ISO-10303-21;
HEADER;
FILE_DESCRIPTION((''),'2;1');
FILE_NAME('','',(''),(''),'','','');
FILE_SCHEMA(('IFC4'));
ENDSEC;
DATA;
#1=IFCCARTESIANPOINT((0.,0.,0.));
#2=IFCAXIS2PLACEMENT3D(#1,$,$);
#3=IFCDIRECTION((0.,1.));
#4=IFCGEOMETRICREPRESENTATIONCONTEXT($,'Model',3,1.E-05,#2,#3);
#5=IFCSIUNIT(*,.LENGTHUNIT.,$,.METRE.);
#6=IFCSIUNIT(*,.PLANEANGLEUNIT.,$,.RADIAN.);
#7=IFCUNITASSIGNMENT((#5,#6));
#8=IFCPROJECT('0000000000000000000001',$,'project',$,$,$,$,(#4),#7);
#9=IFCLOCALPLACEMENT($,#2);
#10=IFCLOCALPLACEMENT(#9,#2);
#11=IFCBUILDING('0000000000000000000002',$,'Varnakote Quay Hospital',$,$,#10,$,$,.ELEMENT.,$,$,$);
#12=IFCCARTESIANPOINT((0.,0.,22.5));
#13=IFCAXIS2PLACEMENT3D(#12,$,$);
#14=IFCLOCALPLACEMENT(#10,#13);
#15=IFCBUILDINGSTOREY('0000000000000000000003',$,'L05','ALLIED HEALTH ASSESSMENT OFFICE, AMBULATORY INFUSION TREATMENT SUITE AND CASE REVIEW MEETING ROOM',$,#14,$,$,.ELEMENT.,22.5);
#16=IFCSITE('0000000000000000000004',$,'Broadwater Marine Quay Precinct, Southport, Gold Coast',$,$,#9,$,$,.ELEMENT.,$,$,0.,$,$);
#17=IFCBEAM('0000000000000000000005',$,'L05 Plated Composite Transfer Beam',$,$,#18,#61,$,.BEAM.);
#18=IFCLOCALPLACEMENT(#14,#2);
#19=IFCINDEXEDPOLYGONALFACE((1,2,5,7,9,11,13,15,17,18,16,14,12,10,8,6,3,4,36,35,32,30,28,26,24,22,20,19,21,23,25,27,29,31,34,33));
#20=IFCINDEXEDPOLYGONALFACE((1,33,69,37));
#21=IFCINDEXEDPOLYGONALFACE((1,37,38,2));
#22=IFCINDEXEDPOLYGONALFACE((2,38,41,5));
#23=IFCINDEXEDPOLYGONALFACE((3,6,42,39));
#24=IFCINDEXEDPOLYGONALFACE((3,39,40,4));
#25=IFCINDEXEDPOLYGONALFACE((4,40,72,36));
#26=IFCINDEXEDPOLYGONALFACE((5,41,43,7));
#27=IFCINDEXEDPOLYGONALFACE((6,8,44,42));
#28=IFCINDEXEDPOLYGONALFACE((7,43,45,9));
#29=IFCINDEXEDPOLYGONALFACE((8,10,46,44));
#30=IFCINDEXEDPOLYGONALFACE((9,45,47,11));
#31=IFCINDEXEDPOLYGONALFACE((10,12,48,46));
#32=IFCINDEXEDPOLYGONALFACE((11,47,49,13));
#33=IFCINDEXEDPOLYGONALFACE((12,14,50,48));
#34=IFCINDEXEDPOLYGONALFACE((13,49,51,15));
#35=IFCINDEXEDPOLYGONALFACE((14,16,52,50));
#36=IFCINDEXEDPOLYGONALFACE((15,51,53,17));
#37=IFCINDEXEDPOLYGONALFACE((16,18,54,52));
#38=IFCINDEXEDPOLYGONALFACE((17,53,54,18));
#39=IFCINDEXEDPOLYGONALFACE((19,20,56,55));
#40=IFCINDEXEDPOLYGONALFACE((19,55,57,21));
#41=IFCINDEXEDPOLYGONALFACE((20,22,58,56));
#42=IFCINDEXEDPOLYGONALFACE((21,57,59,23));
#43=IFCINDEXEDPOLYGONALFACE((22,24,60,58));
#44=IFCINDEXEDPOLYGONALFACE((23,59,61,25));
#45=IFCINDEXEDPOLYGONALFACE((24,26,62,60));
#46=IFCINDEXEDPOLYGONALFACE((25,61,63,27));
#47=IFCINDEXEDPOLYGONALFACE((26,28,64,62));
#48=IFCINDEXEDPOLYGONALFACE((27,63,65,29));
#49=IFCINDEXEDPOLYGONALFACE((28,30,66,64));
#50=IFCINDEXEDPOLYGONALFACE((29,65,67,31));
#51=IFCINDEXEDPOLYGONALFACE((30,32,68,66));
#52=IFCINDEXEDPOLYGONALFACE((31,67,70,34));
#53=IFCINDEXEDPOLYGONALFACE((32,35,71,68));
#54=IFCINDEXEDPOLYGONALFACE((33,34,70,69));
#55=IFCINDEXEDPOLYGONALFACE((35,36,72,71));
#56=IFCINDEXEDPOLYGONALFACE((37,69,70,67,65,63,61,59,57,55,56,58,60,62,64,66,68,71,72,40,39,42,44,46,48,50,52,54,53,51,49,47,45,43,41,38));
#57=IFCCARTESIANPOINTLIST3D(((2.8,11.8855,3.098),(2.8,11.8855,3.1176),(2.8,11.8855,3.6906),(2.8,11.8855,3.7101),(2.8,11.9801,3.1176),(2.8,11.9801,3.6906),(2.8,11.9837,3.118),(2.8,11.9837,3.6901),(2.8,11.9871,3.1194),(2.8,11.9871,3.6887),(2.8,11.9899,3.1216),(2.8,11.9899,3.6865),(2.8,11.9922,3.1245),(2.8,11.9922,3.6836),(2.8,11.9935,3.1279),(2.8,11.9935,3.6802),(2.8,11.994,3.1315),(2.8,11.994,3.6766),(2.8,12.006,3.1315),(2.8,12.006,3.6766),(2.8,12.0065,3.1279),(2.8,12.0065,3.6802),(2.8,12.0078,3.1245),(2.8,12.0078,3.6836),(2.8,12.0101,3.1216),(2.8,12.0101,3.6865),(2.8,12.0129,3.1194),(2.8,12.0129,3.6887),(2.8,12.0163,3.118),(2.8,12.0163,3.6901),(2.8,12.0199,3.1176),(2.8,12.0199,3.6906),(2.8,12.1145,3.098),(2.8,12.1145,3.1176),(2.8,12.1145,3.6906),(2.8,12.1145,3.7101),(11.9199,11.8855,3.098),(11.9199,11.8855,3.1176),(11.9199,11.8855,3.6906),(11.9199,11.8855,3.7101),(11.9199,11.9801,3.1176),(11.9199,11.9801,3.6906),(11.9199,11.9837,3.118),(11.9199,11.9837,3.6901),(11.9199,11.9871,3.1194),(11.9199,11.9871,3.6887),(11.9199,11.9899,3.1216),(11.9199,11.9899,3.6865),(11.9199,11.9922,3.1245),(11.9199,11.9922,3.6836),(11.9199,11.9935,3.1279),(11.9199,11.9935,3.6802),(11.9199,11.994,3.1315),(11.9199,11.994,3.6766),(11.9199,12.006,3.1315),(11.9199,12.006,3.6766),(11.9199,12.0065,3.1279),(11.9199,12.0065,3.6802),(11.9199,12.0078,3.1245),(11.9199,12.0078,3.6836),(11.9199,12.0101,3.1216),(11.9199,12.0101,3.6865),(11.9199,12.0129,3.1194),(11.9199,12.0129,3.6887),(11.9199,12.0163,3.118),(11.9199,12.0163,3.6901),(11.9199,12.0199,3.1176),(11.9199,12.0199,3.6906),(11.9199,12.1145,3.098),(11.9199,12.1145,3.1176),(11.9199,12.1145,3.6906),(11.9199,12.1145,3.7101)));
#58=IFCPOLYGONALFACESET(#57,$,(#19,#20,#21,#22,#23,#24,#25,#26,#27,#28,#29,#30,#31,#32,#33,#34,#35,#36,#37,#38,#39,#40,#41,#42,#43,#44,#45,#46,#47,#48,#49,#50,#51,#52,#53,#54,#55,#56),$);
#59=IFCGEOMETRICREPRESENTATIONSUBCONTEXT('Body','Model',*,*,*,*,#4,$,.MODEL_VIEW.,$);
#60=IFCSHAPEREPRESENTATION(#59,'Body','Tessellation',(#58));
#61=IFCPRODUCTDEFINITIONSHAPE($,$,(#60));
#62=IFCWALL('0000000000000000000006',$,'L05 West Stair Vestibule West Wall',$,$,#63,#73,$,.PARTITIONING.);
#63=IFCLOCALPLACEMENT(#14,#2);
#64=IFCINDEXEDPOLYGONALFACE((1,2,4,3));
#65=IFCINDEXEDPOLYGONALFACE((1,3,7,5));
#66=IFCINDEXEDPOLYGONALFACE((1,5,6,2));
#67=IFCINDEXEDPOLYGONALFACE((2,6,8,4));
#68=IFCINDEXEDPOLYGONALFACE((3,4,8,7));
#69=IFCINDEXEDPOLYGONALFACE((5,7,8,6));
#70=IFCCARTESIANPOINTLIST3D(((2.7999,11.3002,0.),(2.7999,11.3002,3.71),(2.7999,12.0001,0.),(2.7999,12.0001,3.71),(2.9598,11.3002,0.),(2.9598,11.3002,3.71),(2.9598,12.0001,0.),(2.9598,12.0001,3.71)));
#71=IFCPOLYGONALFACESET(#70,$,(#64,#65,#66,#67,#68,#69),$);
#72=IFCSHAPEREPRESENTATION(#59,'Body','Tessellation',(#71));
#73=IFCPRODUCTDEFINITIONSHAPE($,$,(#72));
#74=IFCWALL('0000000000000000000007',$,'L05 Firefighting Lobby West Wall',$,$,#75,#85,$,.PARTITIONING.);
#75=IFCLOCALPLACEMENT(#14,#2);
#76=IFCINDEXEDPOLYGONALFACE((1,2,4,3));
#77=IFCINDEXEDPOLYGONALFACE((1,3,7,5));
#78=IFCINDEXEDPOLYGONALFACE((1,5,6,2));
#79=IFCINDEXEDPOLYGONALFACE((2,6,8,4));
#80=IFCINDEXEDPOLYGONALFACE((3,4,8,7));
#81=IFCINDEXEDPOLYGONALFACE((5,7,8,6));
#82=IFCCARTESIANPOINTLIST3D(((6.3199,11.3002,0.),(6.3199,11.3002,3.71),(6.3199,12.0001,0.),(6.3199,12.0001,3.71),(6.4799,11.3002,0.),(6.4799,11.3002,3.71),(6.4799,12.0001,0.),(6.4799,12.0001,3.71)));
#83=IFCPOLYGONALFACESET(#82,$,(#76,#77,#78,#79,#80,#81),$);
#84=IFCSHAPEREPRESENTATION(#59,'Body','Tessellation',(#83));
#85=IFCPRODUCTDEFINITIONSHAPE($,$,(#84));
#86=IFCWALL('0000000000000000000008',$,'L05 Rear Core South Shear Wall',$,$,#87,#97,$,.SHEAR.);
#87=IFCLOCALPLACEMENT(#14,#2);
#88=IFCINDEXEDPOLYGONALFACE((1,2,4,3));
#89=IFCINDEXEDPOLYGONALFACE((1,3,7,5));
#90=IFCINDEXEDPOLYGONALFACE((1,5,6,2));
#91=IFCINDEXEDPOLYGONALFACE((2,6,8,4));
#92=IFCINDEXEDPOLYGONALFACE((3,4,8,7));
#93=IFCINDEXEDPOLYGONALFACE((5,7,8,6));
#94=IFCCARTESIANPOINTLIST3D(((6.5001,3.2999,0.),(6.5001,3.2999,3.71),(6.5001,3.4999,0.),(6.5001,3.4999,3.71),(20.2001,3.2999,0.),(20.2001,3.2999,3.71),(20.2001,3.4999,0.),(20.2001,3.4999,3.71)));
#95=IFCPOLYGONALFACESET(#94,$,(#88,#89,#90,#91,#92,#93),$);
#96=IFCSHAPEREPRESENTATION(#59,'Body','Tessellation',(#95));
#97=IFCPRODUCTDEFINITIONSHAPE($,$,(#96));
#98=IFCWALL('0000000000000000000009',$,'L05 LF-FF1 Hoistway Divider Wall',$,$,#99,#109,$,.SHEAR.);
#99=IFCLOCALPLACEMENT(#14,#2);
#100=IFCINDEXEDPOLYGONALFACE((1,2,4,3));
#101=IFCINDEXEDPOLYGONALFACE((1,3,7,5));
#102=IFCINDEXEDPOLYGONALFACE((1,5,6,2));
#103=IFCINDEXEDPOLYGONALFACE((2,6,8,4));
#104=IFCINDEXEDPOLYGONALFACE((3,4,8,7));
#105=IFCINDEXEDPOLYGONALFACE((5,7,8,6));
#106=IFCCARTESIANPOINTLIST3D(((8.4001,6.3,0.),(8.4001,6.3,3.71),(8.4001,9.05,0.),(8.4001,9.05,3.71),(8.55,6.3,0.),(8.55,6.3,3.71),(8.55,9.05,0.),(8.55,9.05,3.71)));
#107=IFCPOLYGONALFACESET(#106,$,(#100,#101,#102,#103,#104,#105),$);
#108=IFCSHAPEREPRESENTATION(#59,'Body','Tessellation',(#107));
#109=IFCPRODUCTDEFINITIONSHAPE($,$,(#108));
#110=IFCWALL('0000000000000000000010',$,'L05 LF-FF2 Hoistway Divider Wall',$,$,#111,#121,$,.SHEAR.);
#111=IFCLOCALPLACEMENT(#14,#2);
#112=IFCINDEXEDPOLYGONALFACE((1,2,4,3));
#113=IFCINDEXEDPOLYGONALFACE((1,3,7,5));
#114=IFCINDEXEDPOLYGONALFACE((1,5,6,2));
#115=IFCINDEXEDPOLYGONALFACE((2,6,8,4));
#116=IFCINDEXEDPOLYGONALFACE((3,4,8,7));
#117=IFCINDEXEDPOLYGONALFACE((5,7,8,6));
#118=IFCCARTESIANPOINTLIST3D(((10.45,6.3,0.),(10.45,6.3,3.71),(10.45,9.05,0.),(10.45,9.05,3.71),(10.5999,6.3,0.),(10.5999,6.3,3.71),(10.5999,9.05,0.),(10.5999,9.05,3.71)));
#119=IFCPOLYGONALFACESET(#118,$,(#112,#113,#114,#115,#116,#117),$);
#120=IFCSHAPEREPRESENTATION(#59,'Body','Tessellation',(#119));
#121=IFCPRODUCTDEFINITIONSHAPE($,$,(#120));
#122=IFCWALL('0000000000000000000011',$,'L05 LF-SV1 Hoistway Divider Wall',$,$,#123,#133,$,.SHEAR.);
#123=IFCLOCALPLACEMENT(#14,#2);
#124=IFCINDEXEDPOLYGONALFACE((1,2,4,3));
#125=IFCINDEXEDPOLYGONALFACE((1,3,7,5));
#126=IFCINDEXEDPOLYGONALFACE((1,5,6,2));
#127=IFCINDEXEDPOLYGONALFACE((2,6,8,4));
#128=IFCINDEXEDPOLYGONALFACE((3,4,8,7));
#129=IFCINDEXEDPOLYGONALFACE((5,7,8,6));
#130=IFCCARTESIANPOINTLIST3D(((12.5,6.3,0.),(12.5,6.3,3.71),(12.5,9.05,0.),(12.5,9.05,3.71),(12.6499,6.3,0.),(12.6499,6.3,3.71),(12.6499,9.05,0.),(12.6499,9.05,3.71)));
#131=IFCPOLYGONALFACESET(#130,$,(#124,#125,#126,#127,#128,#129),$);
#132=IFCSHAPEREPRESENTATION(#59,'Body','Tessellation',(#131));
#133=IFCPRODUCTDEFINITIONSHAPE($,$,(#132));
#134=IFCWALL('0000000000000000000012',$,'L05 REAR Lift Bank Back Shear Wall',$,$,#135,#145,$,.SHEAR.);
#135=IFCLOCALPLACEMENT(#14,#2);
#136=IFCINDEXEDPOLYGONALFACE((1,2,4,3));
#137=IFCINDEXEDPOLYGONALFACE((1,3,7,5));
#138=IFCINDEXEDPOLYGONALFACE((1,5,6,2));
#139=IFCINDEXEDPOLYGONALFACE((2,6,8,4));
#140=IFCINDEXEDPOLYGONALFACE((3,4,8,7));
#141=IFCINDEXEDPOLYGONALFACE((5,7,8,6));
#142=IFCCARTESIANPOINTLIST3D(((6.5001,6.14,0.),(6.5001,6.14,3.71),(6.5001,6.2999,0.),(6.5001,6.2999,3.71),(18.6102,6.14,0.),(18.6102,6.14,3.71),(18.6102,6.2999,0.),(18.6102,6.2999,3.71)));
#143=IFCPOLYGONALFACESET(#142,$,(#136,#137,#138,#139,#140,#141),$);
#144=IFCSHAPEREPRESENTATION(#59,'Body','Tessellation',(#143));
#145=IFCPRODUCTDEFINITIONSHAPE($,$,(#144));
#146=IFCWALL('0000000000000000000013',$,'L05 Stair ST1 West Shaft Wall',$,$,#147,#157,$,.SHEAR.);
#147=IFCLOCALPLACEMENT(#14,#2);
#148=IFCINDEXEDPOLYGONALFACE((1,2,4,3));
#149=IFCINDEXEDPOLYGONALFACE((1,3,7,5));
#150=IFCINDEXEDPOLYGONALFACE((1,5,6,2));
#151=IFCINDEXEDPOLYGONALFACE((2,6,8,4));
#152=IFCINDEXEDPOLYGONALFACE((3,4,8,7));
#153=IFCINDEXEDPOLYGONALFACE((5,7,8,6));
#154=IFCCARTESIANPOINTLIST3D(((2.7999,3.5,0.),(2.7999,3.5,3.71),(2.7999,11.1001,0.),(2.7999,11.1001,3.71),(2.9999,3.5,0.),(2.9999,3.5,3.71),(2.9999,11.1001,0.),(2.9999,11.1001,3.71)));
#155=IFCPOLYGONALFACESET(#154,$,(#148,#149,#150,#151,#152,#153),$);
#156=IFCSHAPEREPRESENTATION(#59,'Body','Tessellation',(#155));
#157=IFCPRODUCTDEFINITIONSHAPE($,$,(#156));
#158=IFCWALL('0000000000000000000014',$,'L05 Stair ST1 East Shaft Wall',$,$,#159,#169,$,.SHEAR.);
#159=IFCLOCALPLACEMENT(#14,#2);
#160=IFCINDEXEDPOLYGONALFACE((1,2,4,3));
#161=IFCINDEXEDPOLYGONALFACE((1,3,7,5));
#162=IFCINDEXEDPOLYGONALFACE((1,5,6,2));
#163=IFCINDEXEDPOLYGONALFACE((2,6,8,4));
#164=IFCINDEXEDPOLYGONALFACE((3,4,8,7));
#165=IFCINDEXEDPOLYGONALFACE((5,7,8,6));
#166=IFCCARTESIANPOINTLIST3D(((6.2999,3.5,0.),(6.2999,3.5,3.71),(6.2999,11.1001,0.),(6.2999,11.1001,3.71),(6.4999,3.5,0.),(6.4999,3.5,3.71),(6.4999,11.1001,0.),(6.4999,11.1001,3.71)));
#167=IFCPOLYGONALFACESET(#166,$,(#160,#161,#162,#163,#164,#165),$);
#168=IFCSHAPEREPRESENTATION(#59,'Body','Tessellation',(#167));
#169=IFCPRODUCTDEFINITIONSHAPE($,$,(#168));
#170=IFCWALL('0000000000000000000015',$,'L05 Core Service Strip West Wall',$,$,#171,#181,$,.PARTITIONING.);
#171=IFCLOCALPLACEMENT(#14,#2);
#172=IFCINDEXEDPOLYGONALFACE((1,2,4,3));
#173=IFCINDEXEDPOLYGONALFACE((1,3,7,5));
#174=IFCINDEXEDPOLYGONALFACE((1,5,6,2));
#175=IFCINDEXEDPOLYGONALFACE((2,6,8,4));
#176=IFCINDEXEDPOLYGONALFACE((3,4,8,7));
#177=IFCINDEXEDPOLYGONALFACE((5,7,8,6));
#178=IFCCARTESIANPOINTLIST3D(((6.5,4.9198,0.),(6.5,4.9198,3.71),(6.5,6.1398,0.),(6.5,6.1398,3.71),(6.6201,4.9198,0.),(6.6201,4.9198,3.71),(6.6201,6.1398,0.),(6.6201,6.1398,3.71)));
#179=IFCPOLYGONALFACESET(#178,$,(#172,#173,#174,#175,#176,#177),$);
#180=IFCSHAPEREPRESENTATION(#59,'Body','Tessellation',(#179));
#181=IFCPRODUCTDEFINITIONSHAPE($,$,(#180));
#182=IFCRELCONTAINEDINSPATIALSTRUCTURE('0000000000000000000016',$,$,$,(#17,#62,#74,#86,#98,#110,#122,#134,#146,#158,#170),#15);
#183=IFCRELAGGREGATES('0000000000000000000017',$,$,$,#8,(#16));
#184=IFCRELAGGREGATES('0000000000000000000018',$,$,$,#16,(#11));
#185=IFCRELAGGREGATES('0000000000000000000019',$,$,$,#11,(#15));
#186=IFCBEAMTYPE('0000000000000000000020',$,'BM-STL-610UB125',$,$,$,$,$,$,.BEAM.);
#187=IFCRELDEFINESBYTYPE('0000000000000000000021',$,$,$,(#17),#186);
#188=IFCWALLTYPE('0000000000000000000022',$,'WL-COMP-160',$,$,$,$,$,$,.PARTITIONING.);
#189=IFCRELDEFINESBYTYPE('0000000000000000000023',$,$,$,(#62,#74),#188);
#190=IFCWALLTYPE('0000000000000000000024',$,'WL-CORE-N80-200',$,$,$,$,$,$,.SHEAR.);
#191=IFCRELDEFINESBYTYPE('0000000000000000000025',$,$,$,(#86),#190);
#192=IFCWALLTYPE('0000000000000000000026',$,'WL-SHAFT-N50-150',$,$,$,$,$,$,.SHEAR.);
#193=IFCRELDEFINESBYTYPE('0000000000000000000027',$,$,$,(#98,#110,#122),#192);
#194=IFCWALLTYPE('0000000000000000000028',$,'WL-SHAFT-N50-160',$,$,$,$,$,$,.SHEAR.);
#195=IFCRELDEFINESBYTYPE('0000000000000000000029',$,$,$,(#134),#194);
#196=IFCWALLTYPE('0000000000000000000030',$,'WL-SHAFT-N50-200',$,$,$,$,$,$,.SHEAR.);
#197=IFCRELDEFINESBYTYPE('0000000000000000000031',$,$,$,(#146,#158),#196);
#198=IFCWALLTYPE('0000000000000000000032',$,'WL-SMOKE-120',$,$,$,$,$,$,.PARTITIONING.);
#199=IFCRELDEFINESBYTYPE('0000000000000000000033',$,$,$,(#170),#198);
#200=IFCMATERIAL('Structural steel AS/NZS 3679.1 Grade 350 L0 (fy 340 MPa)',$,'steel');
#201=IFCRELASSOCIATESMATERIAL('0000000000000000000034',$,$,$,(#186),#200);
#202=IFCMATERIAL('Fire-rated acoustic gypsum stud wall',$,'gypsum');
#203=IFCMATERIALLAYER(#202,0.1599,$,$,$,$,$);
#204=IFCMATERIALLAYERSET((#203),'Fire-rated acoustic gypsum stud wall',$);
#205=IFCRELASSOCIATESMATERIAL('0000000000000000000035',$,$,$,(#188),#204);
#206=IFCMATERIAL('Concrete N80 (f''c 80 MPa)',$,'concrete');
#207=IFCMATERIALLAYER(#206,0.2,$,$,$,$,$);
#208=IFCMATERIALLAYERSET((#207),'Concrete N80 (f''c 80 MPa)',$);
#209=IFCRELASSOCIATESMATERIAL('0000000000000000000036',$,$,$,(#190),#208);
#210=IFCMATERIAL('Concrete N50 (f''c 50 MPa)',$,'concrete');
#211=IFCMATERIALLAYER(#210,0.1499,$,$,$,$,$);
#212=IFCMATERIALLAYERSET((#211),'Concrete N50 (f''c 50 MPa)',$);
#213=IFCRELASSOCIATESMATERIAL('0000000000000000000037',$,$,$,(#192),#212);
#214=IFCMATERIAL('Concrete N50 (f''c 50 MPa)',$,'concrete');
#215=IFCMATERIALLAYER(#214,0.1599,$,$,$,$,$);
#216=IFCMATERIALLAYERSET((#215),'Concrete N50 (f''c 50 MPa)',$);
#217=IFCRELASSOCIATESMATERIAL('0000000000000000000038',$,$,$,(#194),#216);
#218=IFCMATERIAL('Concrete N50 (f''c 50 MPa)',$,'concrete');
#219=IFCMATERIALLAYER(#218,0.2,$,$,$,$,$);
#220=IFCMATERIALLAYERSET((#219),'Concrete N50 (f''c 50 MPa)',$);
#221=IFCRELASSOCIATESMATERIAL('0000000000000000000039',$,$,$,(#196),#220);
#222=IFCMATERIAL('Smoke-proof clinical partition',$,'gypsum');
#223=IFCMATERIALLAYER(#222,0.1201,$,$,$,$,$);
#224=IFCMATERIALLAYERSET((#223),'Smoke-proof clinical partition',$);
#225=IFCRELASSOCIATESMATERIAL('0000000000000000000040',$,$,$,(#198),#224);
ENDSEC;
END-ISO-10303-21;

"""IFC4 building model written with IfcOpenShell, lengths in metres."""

from ifc_helpers import new_model, si_unit, direction, frame, frame_2d, origin, origin_2d, place, context, subcontext, project, spatial, rectangle, i_section, extrude, material, layer, layer_set, material_profile, profile_set, type_object, element, save


model = new_model("IFC4")

# Units and contexts
model_context = context("Model", 3, precision=1e-05, world=origin(), true_north=direction((0.0, 1.0)))
body_context = subcontext(model_context, "Body", "Model", "MODEL_VIEW")
ifc_project = project(units=[si_unit("LENGTHUNIT", "METRE"), si_unit("PLANEANGLEUNIT", "RADIAN")], contexts=[model_context])

# Site, building, storey
site_placement = place(None, origin())
site = spatial("IfcSite", under=ifc_project, at=site_placement, Name="Broadwater Marine Quay Precinct, Southport, Gold Coast", CompositionType="ELEMENT", RefElevation=0.0)
building_placement = place(site_placement, origin())
building = spatial("IfcBuilding", under=site, at=building_placement, Name="Varnakote Quay Hospital", CompositionType="ELEMENT")
storey_placement = place(building_placement, frame((0.0, 0.0, 22.5)))
storey = spatial("IfcBuildingStorey", under=building, at=storey_placement, Name="L05", Description="ALLIED HEALTH ASSESSMENT OFFICE, AMBULATORY INFUSION TREATMENT SUITE AND CASE REVIEW MEETING ROOM", CompositionType="ELEMENT", Elevation=22.5)

# Beam
ifc_material_1 = material(Name="Structural steel AS/NZS 3679.1 Grade 350 L0 (fy 340 MPa)", Category="steel")
ifc_material_profile = material_profile(ifc_material_1, i_section(OverallWidth=0.229, OverallDepth=0.6121, WebThickness=0.012, FlangeThickness=0.0195, FilletRadius=0.0139, at=origin_2d()), Name="610UB125")
ifc_profile_set = profile_set([ifc_material_profile], Name="Structural steel AS/NZS 3679.1 Grade 350 L0 (fy 340 MPa)")
beam_type = type_object("IfcBeamType", Name="BM-STL-610UB125", PredefinedType="BEAM", material=ifc_profile_set)
beam_placement = place(storey_placement, frame((2.8, 12.0, 3.4041), z_axis=(1.0, 0.0, 0.0), x_axis=(0.0, 1.0, 0.0)))
element("IfcBeam", 1, at=beam_placement, inside=storey, type_object=beam_type, Name="L05 Plated Composite Transfer Beam", PredefinedType="BEAM", context=body_context, shape_type="SweptSolid", body=[
    extrude(i_section(OverallWidth=0.229, OverallDepth=0.6121, WebThickness=0.012, FlangeThickness=0.0195, FilletRadius=0.0139, at=origin_2d()), origin(), (0.0, 0.0, 1.0), 9.1199),
])

# Walls
ifc_material_2 = material(Name="Fire-rated acoustic gypsum stud wall", Category="gypsum")
ifc_layer_1 = layer(ifc_material_2, 0.1599)
ifc_layer_set_1 = layer_set([ifc_layer_1], Name="Fire-rated acoustic gypsum stud wall")
wall_type_1 = type_object("IfcWallType", Name="WL-COMP-160", PredefinedType="PARTITIONING", material=ifc_layer_set_1)
for number, where, z_axis, x_axis, name in (
    (2, (2.8799, 11.3, 0.0), (0.0, 0.0, 1.0), (0.0, 1.0, 0.0), "L05 West Stair Vestibule West Wall"),
    (3, (6.3999, 11.3, 0.0), (0.0, 0.0, 1.0), (0.0, 1.0, 0.0), "L05 Firefighting Lobby West Wall"),
):
    element("IfcWall", number, at=place(storey_placement, frame(where, z_axis=z_axis, x_axis=x_axis)), inside=storey, type_object=wall_type_1, Name=name, PredefinedType="PARTITIONING", context=body_context, shape_type="SweptSolid", body=[
        extrude(rectangle(XDim=0.7, YDim=0.1599, at=frame_2d((0.3501, 0.0))), origin(), (0.0, 0.0, 1.0), 3.71),
    ])
ifc_material_3 = material(Name="Concrete N80 (f'c 80 MPa)", Category="concrete")
ifc_layer_2 = layer(ifc_material_3, 0.2)
ifc_layer_set_2 = layer_set([ifc_layer_2], Name="Concrete N80 (f'c 80 MPa)")
wall_type_2 = type_object("IfcWallType", Name="WL-CORE-N80-200", PredefinedType="SHEAR", material=ifc_layer_set_2)
wall_1_placement = place(storey_placement, frame((6.5, 3.3999, 0.0), z_axis=(0.0, 0.0, 1.0), x_axis=(1.0, 0.0, 0.0)))
element("IfcWall", 4, at=wall_1_placement, inside=storey, type_object=wall_type_2, Name="L05 Rear Core South Shear Wall", PredefinedType="SHEAR", context=body_context, shape_type="SweptSolid", body=[
    extrude(rectangle(XDim=13.7, YDim=0.2, at=frame_2d((6.8501, 0.0))), origin(), (0.0, 0.0, 1.0), 3.71),
])
ifc_material_4 = material(Name="Concrete N50 (f'c 50 MPa)", Category="concrete")
ifc_layer_3 = layer(ifc_material_4, 0.1499)
ifc_layer_set_3 = layer_set([ifc_layer_3], Name="Concrete N50 (f'c 50 MPa)")
wall_type_3 = type_object("IfcWallType", Name="WL-SHAFT-N50-150", PredefinedType="SHEAR", material=ifc_layer_set_3)
for number, where, z_axis, x_axis, name in (
    (5, (8.4751, 6.3, 0.0), (0.0, 0.0, 1.0), (0.0, 1.0, 0.0), "L05 LF-FF1 Hoistway Divider Wall"),
    (6, (10.5249, 6.3, 0.0), (0.0, 0.0, 1.0), (0.0, 1.0, 0.0), "L05 LF-FF2 Hoistway Divider Wall"),
    (7, (12.575, 6.3, 0.0), (0.0, 0.0, 1.0), (0.0, 1.0, 0.0), "L05 LF-SV1 Hoistway Divider Wall"),
):
    element("IfcWall", number, at=place(storey_placement, frame(where, z_axis=z_axis, x_axis=x_axis)), inside=storey, type_object=wall_type_3, Name=name, PredefinedType="SHEAR", context=body_context, shape_type="SweptSolid", body=[
        extrude(rectangle(XDim=2.75, YDim=0.1499, at=frame_2d((1.375, 0.0))), origin(), (0.0, 0.0, 1.0), 3.71),
    ])
ifc_material_5 = material(Name="Concrete N50 (f'c 50 MPa)", Category="concrete")
ifc_layer_4 = layer(ifc_material_5, 0.1599)
ifc_layer_set_4 = layer_set([ifc_layer_4], Name="Concrete N50 (f'c 50 MPa)")
wall_type_4 = type_object("IfcWallType", Name="WL-SHAFT-N50-160", PredefinedType="SHEAR", material=ifc_layer_set_4)
wall_2_placement = place(storey_placement, frame((6.5, 6.22, 0.0), z_axis=(0.0, 0.0, 1.0), x_axis=(1.0, 0.0, 0.0)))
element("IfcWall", 8, at=wall_2_placement, inside=storey, type_object=wall_type_4, Name="L05 REAR Lift Bank Back Shear Wall", PredefinedType="SHEAR", context=body_context, shape_type="SweptSolid", body=[
    extrude(rectangle(XDim=12.1101, YDim=0.1599, at=frame_2d((6.0552, 0.0))), origin(), (0.0, 0.0, 1.0), 3.71),
])

# Walls
ifc_material_6 = material(Name="Concrete N50 (f'c 50 MPa)", Category="concrete")
ifc_layer_5 = layer(ifc_material_6, 0.2)
ifc_layer_set_5 = layer_set([ifc_layer_5], Name="Concrete N50 (f'c 50 MPa)")
wall_type_5 = type_object("IfcWallType", Name="WL-SHAFT-N50-200", PredefinedType="SHEAR", material=ifc_layer_set_5)
for number, where, z_axis, x_axis, name in (
    (9, (2.8999, 3.5, 0.0), (0.0, 0.0, 1.0), (0.0, 1.0, 0.0), "L05 Stair ST1 West Shaft Wall"),
    (10, (6.3999, 3.5, 0.0), (0.0, 0.0, 1.0), (0.0, 1.0, 0.0), "L05 Stair ST1 East Shaft Wall"),
):
    element("IfcWall", number, at=place(storey_placement, frame(where, z_axis=z_axis, x_axis=x_axis)), inside=storey, type_object=wall_type_5, Name=name, PredefinedType="SHEAR", context=body_context, shape_type="SweptSolid", body=[
        extrude(rectangle(XDim=7.6001, YDim=0.2, at=frame_2d((3.8, 0.0))), origin(), (0.0, 0.0, 1.0), 3.71),
    ])

# Wall
ifc_material_7 = material(Name="Smoke-proof clinical partition", Category="gypsum")
ifc_layer_6 = layer(ifc_material_7, 0.1201)
ifc_layer_set_6 = layer_set([ifc_layer_6], Name="Smoke-proof clinical partition")
wall_type_6 = type_object("IfcWallType", Name="WL-SMOKE-120", PredefinedType="PARTITIONING", material=ifc_layer_set_6)
wall_3_placement = place(storey_placement, frame((6.5601, 4.9199, 0.0), z_axis=(0.0, 0.0, 1.0), x_axis=(0.0, 1.0, 0.0)))
element("IfcWall", 11, at=wall_3_placement, inside=storey, type_object=wall_type_6, Name="L05 Core Service Strip West Wall", PredefinedType="PARTITIONING", context=body_context, shape_type="SweptSolid", body=[
    extrude(rectangle(XDim=1.22, YDim=0.1201, at=frame_2d((0.6099, 0.0))), origin(), (0.0, 0.0, 1.0), 3.71),
])

save(model, "model.ifc")
